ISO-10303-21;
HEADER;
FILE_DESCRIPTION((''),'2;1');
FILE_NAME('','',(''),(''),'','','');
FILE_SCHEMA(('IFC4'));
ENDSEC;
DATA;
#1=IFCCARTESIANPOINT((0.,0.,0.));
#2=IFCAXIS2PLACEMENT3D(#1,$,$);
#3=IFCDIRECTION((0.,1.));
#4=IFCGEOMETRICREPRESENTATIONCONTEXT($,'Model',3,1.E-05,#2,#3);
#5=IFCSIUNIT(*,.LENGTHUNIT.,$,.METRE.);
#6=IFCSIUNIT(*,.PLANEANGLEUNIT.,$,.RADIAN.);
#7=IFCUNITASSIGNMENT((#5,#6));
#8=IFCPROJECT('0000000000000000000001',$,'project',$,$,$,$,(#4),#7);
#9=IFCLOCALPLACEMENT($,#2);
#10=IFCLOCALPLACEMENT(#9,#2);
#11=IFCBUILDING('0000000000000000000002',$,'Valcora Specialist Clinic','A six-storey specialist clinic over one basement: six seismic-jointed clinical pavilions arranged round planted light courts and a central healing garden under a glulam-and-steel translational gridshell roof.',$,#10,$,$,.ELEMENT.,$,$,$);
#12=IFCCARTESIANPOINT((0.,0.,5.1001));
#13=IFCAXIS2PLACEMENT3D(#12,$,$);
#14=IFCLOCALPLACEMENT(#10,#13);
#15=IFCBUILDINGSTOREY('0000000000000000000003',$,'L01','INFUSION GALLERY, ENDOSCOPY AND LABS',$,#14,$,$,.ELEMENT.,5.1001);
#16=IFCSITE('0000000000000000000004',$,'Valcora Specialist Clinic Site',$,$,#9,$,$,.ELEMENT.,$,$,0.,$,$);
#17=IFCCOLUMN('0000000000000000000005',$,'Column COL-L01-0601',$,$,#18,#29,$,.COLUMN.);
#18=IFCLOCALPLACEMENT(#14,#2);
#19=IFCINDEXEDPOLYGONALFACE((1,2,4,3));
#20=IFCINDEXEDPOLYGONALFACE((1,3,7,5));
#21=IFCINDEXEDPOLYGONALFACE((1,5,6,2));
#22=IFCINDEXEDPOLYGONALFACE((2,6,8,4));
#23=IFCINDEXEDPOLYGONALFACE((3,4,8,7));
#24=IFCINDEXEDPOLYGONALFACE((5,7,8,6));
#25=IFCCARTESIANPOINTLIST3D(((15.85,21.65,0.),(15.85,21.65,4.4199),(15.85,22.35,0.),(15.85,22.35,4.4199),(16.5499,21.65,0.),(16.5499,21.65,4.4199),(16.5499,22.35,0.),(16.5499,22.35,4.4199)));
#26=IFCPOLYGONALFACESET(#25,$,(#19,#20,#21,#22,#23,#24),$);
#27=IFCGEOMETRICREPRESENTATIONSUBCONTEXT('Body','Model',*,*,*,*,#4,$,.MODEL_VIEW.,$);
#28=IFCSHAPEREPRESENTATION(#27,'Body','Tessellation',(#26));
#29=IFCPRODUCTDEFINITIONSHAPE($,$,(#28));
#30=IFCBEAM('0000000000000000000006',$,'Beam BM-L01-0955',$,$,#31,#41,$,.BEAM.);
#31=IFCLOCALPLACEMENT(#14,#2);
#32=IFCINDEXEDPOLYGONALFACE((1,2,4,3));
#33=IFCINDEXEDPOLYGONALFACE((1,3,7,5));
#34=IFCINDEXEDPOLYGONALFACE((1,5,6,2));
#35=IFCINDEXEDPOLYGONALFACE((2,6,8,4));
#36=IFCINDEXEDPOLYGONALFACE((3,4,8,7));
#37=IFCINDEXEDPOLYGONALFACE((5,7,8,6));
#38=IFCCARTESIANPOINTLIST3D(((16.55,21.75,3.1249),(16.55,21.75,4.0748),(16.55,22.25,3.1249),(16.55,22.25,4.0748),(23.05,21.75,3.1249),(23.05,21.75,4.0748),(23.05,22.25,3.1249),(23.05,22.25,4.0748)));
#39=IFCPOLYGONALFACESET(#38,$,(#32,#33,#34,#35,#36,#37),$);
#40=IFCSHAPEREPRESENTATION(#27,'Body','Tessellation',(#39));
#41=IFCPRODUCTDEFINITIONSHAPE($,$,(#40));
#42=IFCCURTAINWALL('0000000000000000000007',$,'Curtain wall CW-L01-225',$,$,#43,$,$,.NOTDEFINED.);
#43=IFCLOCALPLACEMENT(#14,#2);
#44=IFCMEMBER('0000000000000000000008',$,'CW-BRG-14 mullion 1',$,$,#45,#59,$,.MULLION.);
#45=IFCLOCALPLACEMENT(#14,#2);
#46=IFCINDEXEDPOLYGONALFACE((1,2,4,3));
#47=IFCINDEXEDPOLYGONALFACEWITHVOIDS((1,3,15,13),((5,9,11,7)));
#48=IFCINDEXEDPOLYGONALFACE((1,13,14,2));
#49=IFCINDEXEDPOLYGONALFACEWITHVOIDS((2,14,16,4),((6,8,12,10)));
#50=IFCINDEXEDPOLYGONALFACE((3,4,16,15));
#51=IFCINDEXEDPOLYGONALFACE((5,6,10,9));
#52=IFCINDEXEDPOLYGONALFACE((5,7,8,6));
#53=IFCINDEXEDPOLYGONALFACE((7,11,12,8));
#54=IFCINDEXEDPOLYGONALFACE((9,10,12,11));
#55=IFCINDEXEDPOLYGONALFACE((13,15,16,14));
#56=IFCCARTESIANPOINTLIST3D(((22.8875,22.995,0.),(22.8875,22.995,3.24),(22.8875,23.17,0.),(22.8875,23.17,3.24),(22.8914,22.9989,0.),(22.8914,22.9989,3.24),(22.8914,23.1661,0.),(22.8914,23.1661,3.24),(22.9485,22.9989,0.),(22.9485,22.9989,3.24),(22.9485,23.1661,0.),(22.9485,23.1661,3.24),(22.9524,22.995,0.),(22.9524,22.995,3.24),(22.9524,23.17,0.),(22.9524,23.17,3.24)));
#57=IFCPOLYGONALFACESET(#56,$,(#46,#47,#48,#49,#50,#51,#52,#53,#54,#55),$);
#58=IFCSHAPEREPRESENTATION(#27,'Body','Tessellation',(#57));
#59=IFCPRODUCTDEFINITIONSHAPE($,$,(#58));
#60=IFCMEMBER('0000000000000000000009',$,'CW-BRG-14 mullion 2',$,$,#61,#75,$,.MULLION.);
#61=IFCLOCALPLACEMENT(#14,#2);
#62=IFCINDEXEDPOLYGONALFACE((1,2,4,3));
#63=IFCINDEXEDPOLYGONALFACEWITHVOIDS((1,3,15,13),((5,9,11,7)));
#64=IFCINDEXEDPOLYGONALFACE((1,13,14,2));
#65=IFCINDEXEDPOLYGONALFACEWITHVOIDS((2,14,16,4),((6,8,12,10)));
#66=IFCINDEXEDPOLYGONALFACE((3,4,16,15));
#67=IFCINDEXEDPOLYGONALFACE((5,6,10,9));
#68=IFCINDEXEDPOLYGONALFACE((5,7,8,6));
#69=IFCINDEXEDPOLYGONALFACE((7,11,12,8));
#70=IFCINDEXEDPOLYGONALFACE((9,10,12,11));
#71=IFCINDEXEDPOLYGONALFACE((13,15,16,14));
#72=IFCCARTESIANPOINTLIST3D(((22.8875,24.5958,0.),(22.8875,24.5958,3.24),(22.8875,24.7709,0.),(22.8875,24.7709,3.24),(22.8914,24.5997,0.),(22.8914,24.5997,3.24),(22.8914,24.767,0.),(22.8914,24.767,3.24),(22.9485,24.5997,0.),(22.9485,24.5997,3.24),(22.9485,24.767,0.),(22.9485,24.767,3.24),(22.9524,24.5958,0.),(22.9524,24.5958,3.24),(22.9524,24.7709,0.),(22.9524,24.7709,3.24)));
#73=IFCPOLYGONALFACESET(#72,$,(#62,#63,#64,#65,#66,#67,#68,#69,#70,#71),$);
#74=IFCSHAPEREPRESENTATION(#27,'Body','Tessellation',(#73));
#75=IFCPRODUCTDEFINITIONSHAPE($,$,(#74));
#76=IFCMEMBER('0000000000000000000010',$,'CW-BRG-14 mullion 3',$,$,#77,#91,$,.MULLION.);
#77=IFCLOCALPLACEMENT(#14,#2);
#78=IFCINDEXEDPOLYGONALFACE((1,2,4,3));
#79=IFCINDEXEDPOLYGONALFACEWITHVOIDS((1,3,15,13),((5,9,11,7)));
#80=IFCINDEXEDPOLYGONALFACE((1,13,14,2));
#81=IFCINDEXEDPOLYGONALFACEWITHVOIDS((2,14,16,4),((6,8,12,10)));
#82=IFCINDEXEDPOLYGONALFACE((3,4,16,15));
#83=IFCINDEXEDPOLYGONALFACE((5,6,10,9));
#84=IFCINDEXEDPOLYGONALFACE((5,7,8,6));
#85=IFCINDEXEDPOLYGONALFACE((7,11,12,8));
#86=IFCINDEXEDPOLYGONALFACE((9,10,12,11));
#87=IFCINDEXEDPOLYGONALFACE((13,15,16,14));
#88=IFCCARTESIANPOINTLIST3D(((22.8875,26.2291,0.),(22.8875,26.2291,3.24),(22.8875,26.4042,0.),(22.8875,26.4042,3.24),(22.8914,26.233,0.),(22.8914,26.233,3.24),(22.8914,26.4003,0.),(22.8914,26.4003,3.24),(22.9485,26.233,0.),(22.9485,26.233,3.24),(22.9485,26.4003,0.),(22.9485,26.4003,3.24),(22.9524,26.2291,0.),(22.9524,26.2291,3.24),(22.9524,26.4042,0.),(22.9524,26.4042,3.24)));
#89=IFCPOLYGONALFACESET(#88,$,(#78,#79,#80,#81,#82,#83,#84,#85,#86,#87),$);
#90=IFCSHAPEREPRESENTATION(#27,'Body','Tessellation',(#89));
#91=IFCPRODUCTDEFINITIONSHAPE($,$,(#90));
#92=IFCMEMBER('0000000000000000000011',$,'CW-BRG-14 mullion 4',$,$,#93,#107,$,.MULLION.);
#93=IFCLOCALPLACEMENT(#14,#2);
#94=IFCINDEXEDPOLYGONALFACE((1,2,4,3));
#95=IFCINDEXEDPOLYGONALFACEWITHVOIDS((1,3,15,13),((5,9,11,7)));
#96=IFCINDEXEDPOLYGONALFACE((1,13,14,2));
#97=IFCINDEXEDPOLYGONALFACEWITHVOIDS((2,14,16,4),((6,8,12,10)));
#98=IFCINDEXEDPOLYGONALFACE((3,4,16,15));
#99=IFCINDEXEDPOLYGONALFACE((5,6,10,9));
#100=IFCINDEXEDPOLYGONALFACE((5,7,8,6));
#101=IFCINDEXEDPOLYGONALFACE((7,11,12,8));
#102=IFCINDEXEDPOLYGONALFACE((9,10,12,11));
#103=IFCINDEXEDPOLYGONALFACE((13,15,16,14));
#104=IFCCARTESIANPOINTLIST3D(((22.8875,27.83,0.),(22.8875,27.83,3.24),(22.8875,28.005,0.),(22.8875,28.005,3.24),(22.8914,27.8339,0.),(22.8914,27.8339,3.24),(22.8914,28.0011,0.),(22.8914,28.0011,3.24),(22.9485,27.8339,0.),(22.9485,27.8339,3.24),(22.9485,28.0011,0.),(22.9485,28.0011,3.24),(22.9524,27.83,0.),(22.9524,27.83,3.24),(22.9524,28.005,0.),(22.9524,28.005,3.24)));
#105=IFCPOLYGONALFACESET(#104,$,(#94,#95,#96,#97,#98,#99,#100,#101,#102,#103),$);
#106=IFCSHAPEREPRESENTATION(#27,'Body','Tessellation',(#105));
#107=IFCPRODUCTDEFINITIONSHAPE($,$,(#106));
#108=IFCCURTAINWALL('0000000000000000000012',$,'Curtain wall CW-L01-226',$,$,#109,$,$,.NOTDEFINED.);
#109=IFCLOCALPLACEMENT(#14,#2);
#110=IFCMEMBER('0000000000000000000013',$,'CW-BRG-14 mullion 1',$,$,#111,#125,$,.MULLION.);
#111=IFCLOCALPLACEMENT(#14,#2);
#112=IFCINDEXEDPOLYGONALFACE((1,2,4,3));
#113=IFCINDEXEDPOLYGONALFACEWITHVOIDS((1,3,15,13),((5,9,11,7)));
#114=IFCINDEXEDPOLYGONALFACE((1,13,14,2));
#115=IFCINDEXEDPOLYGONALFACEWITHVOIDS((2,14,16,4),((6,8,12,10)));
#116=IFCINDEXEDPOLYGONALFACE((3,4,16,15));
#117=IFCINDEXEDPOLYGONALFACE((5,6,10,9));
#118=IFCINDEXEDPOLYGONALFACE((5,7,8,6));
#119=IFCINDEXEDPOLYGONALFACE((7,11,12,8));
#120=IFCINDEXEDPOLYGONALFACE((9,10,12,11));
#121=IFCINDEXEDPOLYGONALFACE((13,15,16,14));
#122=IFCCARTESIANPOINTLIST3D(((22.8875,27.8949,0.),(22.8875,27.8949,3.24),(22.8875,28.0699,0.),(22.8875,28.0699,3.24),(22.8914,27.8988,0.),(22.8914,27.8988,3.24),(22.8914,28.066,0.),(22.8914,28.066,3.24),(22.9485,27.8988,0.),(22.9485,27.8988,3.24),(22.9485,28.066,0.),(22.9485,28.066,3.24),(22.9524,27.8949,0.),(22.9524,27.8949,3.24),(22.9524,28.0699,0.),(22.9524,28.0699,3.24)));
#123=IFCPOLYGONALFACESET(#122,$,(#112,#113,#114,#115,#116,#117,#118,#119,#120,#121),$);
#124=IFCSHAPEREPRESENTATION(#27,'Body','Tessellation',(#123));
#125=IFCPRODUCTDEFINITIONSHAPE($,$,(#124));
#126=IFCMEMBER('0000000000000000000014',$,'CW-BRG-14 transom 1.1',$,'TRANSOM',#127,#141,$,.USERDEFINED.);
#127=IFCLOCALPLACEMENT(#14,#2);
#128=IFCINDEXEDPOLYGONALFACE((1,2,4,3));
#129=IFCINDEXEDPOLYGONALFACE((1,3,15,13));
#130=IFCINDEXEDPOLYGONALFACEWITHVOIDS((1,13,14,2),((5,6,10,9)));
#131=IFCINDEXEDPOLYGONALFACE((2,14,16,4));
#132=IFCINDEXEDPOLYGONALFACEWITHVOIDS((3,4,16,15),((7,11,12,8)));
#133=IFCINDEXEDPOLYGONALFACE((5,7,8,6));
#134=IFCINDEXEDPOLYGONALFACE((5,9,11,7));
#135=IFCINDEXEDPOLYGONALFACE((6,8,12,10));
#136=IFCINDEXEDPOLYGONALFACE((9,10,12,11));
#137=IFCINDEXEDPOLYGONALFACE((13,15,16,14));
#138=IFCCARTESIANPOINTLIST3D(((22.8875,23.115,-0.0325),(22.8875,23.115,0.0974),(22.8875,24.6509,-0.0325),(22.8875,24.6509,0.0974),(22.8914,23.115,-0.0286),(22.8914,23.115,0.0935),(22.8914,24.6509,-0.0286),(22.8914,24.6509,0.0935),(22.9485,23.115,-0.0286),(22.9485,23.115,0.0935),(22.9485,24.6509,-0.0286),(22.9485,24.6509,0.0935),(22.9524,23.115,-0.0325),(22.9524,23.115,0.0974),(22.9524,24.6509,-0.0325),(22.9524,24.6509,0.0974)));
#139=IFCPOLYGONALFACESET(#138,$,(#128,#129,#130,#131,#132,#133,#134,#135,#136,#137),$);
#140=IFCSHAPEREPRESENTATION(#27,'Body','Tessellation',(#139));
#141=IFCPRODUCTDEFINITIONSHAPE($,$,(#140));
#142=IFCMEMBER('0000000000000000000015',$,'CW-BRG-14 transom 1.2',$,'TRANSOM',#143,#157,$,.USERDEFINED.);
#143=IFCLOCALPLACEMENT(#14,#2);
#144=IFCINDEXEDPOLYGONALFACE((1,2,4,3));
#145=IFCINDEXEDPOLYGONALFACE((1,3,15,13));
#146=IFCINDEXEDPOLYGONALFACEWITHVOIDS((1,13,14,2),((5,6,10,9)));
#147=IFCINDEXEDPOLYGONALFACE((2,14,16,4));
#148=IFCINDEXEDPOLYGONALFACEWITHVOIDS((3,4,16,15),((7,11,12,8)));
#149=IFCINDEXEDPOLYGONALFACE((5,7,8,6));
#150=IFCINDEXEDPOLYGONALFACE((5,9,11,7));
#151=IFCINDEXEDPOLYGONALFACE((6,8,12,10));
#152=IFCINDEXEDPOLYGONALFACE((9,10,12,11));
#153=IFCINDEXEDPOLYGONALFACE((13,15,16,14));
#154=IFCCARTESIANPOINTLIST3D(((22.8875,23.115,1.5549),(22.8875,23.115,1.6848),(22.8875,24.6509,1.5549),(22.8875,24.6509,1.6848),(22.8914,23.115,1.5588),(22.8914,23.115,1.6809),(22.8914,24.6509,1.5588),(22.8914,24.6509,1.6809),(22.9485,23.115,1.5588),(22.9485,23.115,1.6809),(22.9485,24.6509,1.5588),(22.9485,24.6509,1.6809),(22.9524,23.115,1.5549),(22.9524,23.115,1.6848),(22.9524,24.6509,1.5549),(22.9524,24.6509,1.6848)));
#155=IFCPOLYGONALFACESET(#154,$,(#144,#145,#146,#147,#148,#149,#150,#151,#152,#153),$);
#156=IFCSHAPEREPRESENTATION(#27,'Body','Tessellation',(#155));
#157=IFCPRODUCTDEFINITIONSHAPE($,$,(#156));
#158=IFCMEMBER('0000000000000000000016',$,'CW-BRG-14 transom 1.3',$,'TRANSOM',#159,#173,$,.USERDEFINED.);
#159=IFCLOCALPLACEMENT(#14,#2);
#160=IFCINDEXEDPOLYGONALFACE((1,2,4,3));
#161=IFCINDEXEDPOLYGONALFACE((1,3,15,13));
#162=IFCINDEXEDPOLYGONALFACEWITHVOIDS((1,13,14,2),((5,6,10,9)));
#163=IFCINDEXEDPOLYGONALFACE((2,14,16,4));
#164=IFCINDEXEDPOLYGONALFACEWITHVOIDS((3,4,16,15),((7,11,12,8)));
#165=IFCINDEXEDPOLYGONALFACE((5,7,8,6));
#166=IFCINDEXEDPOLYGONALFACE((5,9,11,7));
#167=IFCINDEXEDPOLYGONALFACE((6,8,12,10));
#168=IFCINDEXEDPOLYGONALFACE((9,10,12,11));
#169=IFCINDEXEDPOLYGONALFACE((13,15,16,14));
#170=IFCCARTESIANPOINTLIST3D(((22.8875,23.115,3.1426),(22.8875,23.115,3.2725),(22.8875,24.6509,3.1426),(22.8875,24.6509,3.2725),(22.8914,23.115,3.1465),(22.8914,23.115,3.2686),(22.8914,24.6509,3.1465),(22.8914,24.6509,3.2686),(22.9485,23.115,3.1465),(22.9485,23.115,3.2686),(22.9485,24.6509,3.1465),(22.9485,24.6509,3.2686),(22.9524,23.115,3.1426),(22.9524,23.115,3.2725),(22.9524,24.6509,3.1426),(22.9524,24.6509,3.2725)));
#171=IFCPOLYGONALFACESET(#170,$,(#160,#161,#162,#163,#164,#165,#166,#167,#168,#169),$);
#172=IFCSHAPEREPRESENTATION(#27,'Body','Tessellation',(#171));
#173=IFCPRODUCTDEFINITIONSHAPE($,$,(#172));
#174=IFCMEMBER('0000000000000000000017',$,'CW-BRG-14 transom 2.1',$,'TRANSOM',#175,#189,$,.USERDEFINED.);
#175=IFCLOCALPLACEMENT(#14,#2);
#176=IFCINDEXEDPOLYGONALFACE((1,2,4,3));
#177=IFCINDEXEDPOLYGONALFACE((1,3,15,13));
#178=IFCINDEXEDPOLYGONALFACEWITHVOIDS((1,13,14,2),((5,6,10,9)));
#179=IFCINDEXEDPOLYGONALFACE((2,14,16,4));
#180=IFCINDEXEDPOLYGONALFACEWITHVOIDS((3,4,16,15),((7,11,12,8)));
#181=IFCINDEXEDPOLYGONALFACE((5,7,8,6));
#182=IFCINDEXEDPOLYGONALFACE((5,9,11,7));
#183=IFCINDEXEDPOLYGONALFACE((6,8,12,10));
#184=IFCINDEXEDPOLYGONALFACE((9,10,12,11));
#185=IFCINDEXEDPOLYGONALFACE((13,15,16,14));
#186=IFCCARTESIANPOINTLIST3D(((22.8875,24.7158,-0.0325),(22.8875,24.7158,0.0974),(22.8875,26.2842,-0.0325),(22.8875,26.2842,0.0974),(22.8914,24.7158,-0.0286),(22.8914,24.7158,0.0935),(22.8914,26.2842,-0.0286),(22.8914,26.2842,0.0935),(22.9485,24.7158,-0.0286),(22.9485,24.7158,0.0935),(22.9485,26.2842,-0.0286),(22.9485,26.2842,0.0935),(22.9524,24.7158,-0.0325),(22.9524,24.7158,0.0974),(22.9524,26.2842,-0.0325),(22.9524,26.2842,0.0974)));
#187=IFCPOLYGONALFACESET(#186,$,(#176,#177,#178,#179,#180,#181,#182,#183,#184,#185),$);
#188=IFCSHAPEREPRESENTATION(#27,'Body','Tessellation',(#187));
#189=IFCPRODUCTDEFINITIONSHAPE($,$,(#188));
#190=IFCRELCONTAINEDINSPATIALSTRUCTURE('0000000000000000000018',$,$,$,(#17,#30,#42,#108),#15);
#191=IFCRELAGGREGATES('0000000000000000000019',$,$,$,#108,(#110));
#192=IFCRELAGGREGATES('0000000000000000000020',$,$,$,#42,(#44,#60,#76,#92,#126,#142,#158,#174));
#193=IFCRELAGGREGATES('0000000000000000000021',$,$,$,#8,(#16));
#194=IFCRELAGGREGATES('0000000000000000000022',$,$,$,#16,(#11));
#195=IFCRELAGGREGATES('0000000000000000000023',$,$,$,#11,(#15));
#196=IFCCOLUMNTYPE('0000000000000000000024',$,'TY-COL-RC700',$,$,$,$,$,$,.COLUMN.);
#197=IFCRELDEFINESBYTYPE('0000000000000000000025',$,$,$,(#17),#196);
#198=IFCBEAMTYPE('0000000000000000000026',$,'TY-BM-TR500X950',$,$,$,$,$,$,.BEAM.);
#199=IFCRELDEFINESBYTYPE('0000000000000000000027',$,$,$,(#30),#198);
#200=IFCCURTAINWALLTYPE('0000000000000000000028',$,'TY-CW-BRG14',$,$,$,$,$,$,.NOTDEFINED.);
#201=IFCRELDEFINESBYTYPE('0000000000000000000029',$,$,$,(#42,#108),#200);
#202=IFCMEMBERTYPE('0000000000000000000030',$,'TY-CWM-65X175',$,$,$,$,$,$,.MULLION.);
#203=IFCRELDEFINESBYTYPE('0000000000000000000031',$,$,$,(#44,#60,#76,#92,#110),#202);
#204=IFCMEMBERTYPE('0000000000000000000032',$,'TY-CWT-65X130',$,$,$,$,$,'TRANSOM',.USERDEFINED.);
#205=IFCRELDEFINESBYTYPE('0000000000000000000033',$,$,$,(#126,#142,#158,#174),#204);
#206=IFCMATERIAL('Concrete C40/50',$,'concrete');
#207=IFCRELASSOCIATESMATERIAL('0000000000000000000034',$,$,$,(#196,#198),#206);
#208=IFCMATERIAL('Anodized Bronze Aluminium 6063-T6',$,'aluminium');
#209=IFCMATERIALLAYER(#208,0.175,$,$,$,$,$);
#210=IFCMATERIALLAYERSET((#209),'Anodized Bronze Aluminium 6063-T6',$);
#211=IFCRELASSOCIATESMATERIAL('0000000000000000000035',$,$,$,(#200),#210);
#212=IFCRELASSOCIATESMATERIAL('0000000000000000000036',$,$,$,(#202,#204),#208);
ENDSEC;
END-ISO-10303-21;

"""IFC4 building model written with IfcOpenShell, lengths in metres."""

from ifc_helpers import new_model, si_unit, direction, frame, origin, origin_2d, place, context, subcontext, project, spatial, rectangle, hollow_rectangle, extrude, material, layer, layer_set, material_profile, profile_set, type_object, element, aggregate, save


model = new_model("IFC4")

# Units and contexts
model_context = context("Model", 3, precision=1e-05, world=origin(), true_north=direction((0.0, 1.0)))
body_context = subcontext(model_context, "Body", "Model", "MODEL_VIEW")
ifc_project = project(units=[si_unit("LENGTHUNIT", "METRE"), si_unit("PLANEANGLEUNIT", "RADIAN")], contexts=[model_context])

# Site, building, storey
site_placement = place(None, origin())
site = spatial("IfcSite", under=ifc_project, at=site_placement, Name="Valcora Specialist Clinic Site", CompositionType="ELEMENT", RefElevation=0.0)
building_placement = place(site_placement, origin())
building = spatial("IfcBuilding", under=site, at=building_placement, Name="Valcora Specialist Clinic", Description="A six-storey specialist clinic over one basement: six seismic-jointed clinical pavilions arranged round planted light courts and a central healing garden under a glulam-and-steel translational gridshell roof.", CompositionType="ELEMENT")
storey_placement = place(building_placement, frame((0.0, 0.0, 5.1001)))
storey = spatial("IfcBuildingStorey", under=building, at=storey_placement, Name="L01", Description="INFUSION GALLERY, ENDOSCOPY AND LABS", CompositionType="ELEMENT", Elevation=5.1001)

# Column
ifc_material_1 = material(Name="Concrete C40/50", Category="concrete")
ifc_material_profile_1 = material_profile(ifc_material_1, rectangle(XDim=0.7, YDim=0.7, at=origin_2d()), Name="RC-COL-700X700")
ifc_profile_set_1 = profile_set([ifc_material_profile_1], Name="Concrete C40/50")
column_type = type_object("IfcColumnType", Name="TY-COL-RC700", PredefinedType="COLUMN", material=ifc_profile_set_1)
column_placement = place(storey_placement, frame((16.2, 22.0, 0.0), z_axis=(0.0, 0.0, 1.0), x_axis=(1.0, 0.0, 0.0)))
element("IfcColumn", 1, at=column_placement, inside=storey, type_object=column_type, Name="Column COL-L01-0601", PredefinedType="COLUMN", context=body_context, shape_type="SweptSolid", body=[
    extrude(rectangle(XDim=0.7, YDim=0.7, at=origin_2d()), origin(), (0.0, 0.0, 1.0), 4.4199),
])

# Beam
ifc_material_profile_2 = material_profile(ifc_material_1, rectangle(XDim=0.5, YDim=0.95, at=origin_2d()), Name="RC-BM-500X950")
ifc_profile_set_2 = profile_set([ifc_material_profile_2], Name="Concrete C40/50")
beam_type = type_object("IfcBeamType", Name="TY-BM-TR500X950", PredefinedType="BEAM", material=ifc_profile_set_2)
beam_placement = place(storey_placement, frame((16.55, 22.0, 3.5999), z_axis=(1.0, 0.0, 0.0), x_axis=(0.0, 1.0, 0.0)))
element("IfcBeam", 2, at=beam_placement, inside=storey, type_object=beam_type, Name="Beam BM-L01-0955", PredefinedType="BEAM", context=body_context, shape_type="SweptSolid", body=[
    extrude(rectangle(XDim=0.5, YDim=0.95, at=origin_2d()), origin(), (0.0, 0.0, 1.0), 6.5),
])

# Curtain wall, members
ifc_material_2 = material(Name="Anodized Bronze Aluminium 6063-T6", Category="aluminium")
ifc_layer_1 = layer(ifc_material_2, 0.175)
ifc_layer_set_1 = layer_set([ifc_layer_1], Name="Anodized Bronze Aluminium 6063-T6")
curtain_wall_type = type_object("IfcCurtainWallType", Name="TY-CW-BRG14", PredefinedType="NOTDEFINED", material=ifc_layer_set_1)
curtain_wall_1_placement = place(storey_placement, origin())
curtain_wall_1 = element("IfcCurtainWall", 3, at=curtain_wall_1_placement, inside=storey, type_object=curtain_wall_type, Name="Curtain wall CW-L01-225", PredefinedType="NOTDEFINED")
ifc_material_profile_3 = material_profile(ifc_material_2, hollow_rectangle(XDim=0.0649, YDim=0.175, WallThickness=0.0039, at=origin_2d()), Name="AL-MUL-65X175")
ifc_profile_set_3 = profile_set([ifc_material_profile_3], Name="Anodized Bronze Aluminium 6063-T6")
member_type_1 = type_object("IfcMemberType", Name="TY-CWM-65X175", PredefinedType="MULLION", material=ifc_profile_set_3)
member_1_placement = place(storey_placement, frame((22.9199, 23.0825, 0.0), z_axis=(0.0, 0.0, 1.0), x_axis=(-1.0, 0.0, 0.0)))
member_1 = element("IfcMember", 4, at=member_1_placement, type_object=member_type_1, Name="CW-BRG-14 mullion 1", PredefinedType="MULLION", context=body_context, shape_type="SweptSolid", body=[
    extrude(hollow_rectangle(XDim=0.0649, YDim=0.175, WallThickness=0.0039, at=origin_2d()), origin(), (0.0, 0.0, 1.0), 3.24),
])
member_2_placement = place(storey_placement, frame((22.9199, 24.6833, 0.0), z_axis=(0.0, 0.0, 1.0), x_axis=(-1.0, 0.0, 0.0)))
member_2 = element("IfcMember", 5, at=member_2_placement, type_object=member_type_1, Name="CW-BRG-14 mullion 2", PredefinedType="MULLION", context=body_context, shape_type="SweptSolid", body=[
    extrude(hollow_rectangle(XDim=0.0649, YDim=0.175, WallThickness=0.0039, at=origin_2d()), origin(), (0.0, 0.0, 1.0), 3.24),
])
member_3_placement = place(storey_placement, frame((22.9199, 26.3167, 0.0), z_axis=(0.0, 0.0, 1.0), x_axis=(-1.0, 0.0, 0.0)))
member_3 = element("IfcMember", 6, at=member_3_placement, type_object=member_type_1, Name="CW-BRG-14 mullion 3", PredefinedType="MULLION", context=body_context, shape_type="SweptSolid", body=[
    extrude(hollow_rectangle(XDim=0.0649, YDim=0.175, WallThickness=0.0039, at=origin_2d()), origin(), (0.0, 0.0, 1.0), 3.24),
])
member_4_placement = place(storey_placement, frame((22.9199, 27.9175, 0.0), z_axis=(0.0, 0.0, 1.0), x_axis=(-1.0, 0.0, 0.0)))
member_4 = element("IfcMember", 7, at=member_4_placement, type_object=member_type_1, Name="CW-BRG-14 mullion 4", PredefinedType="MULLION", context=body_context, shape_type="SweptSolid", body=[
    extrude(hollow_rectangle(XDim=0.0649, YDim=0.175, WallThickness=0.0039, at=origin_2d()), origin(), (0.0, 0.0, 1.0), 3.24),
])

# Curtain wall, member
curtain_wall_2_placement = place(storey_placement, origin())
curtain_wall_2 = element("IfcCurtainWall", 8, at=curtain_wall_2_placement, inside=storey, type_object=curtain_wall_type, Name="Curtain wall CW-L01-226", PredefinedType="NOTDEFINED")
member_5_placement = place(storey_placement, frame((22.9199, 27.9824, 0.0), z_axis=(0.0, 0.0, 1.0), x_axis=(-1.0, 0.0, 0.0)))
member_5 = element("IfcMember", 9, at=member_5_placement, type_object=member_type_1, Name="CW-BRG-14 mullion 1", PredefinedType="MULLION", context=body_context, shape_type="SweptSolid", body=[
    extrude(hollow_rectangle(XDim=0.0649, YDim=0.175, WallThickness=0.0039, at=origin_2d()), origin(), (0.0, 0.0, 1.0), 3.24),
])

# Members
ifc_material_profile_4 = material_profile(ifc_material_2, hollow_rectangle(XDim=0.0649, YDim=0.1299, WallThickness=0.0039, at=origin_2d()), Name="AL-TRN-65X130")
ifc_profile_set_4 = profile_set([ifc_material_profile_4], Name="Anodized Bronze Aluminium 6063-T6")
member_type_2 = type_object("IfcMemberType", Name="TY-CWT-65X130", ElementType="TRANSOM", PredefinedType="USERDEFINED", material=ifc_profile_set_4)
member_6_placement = place(storey_placement, frame((22.9199, 23.115, 0.0325), z_axis=(0.0, 1.0, 0.0), x_axis=(-1.0, 0.0, 0.0)))
member_6 = element("IfcMember", 10, at=member_6_placement, type_object=member_type_2, Name="CW-BRG-14 transom 1.1", ObjectType="TRANSOM", PredefinedType="USERDEFINED", context=body_context, shape_type="SweptSolid", body=[
    extrude(hollow_rectangle(XDim=0.0649, YDim=0.1299, WallThickness=0.0039, at=origin_2d()), origin(), (0.0, 0.0, 1.0), 1.5359),
])
member_7_placement = place(storey_placement, frame((22.9199, 23.115, 1.6199), z_axis=(0.0, 1.0, 0.0), x_axis=(-1.0, 0.0, 0.0)))
member_7 = element("IfcMember", 11, at=member_7_placement, type_object=member_type_2, Name="CW-BRG-14 transom 1.2", ObjectType="TRANSOM", PredefinedType="USERDEFINED", context=body_context, shape_type="SweptSolid", body=[
    extrude(hollow_rectangle(XDim=0.0649, YDim=0.1299, WallThickness=0.0039, at=origin_2d()), origin(), (0.0, 0.0, 1.0), 1.5359),
])
member_8_placement = place(storey_placement, frame((22.9199, 23.115, 3.2075), z_axis=(0.0, 1.0, 0.0), x_axis=(-1.0, 0.0, 0.0)))
member_8 = element("IfcMember", 12, at=member_8_placement, type_object=member_type_2, Name="CW-BRG-14 transom 1.3", ObjectType="TRANSOM", PredefinedType="USERDEFINED", context=body_context, shape_type="SweptSolid", body=[
    extrude(hollow_rectangle(XDim=0.0649, YDim=0.1299, WallThickness=0.0039, at=origin_2d()), origin(), (0.0, 0.0, 1.0), 1.5359),
])
member_9_placement = place(storey_placement, frame((22.9199, 24.7158, 0.0325), z_axis=(0.0, 1.0, 0.0), x_axis=(-1.0, 0.0, 0.0)))
member_9 = element("IfcMember", 13, at=member_9_placement, type_object=member_type_2, Name="CW-BRG-14 transom 2.1", ObjectType="TRANSOM", PredefinedType="USERDEFINED", context=body_context, shape_type="SweptSolid", body=[
    extrude(hollow_rectangle(XDim=0.0649, YDim=0.1299, WallThickness=0.0039, at=origin_2d()), origin(), (0.0, 0.0, 1.0), 1.5684),
])
aggregate(curtain_wall_2, [member_5])

aggregate(curtain_wall_1, [member_1, member_2, member_3, member_4, member_6, member_7, member_8, member_9])

save(model, "model.ifc")
